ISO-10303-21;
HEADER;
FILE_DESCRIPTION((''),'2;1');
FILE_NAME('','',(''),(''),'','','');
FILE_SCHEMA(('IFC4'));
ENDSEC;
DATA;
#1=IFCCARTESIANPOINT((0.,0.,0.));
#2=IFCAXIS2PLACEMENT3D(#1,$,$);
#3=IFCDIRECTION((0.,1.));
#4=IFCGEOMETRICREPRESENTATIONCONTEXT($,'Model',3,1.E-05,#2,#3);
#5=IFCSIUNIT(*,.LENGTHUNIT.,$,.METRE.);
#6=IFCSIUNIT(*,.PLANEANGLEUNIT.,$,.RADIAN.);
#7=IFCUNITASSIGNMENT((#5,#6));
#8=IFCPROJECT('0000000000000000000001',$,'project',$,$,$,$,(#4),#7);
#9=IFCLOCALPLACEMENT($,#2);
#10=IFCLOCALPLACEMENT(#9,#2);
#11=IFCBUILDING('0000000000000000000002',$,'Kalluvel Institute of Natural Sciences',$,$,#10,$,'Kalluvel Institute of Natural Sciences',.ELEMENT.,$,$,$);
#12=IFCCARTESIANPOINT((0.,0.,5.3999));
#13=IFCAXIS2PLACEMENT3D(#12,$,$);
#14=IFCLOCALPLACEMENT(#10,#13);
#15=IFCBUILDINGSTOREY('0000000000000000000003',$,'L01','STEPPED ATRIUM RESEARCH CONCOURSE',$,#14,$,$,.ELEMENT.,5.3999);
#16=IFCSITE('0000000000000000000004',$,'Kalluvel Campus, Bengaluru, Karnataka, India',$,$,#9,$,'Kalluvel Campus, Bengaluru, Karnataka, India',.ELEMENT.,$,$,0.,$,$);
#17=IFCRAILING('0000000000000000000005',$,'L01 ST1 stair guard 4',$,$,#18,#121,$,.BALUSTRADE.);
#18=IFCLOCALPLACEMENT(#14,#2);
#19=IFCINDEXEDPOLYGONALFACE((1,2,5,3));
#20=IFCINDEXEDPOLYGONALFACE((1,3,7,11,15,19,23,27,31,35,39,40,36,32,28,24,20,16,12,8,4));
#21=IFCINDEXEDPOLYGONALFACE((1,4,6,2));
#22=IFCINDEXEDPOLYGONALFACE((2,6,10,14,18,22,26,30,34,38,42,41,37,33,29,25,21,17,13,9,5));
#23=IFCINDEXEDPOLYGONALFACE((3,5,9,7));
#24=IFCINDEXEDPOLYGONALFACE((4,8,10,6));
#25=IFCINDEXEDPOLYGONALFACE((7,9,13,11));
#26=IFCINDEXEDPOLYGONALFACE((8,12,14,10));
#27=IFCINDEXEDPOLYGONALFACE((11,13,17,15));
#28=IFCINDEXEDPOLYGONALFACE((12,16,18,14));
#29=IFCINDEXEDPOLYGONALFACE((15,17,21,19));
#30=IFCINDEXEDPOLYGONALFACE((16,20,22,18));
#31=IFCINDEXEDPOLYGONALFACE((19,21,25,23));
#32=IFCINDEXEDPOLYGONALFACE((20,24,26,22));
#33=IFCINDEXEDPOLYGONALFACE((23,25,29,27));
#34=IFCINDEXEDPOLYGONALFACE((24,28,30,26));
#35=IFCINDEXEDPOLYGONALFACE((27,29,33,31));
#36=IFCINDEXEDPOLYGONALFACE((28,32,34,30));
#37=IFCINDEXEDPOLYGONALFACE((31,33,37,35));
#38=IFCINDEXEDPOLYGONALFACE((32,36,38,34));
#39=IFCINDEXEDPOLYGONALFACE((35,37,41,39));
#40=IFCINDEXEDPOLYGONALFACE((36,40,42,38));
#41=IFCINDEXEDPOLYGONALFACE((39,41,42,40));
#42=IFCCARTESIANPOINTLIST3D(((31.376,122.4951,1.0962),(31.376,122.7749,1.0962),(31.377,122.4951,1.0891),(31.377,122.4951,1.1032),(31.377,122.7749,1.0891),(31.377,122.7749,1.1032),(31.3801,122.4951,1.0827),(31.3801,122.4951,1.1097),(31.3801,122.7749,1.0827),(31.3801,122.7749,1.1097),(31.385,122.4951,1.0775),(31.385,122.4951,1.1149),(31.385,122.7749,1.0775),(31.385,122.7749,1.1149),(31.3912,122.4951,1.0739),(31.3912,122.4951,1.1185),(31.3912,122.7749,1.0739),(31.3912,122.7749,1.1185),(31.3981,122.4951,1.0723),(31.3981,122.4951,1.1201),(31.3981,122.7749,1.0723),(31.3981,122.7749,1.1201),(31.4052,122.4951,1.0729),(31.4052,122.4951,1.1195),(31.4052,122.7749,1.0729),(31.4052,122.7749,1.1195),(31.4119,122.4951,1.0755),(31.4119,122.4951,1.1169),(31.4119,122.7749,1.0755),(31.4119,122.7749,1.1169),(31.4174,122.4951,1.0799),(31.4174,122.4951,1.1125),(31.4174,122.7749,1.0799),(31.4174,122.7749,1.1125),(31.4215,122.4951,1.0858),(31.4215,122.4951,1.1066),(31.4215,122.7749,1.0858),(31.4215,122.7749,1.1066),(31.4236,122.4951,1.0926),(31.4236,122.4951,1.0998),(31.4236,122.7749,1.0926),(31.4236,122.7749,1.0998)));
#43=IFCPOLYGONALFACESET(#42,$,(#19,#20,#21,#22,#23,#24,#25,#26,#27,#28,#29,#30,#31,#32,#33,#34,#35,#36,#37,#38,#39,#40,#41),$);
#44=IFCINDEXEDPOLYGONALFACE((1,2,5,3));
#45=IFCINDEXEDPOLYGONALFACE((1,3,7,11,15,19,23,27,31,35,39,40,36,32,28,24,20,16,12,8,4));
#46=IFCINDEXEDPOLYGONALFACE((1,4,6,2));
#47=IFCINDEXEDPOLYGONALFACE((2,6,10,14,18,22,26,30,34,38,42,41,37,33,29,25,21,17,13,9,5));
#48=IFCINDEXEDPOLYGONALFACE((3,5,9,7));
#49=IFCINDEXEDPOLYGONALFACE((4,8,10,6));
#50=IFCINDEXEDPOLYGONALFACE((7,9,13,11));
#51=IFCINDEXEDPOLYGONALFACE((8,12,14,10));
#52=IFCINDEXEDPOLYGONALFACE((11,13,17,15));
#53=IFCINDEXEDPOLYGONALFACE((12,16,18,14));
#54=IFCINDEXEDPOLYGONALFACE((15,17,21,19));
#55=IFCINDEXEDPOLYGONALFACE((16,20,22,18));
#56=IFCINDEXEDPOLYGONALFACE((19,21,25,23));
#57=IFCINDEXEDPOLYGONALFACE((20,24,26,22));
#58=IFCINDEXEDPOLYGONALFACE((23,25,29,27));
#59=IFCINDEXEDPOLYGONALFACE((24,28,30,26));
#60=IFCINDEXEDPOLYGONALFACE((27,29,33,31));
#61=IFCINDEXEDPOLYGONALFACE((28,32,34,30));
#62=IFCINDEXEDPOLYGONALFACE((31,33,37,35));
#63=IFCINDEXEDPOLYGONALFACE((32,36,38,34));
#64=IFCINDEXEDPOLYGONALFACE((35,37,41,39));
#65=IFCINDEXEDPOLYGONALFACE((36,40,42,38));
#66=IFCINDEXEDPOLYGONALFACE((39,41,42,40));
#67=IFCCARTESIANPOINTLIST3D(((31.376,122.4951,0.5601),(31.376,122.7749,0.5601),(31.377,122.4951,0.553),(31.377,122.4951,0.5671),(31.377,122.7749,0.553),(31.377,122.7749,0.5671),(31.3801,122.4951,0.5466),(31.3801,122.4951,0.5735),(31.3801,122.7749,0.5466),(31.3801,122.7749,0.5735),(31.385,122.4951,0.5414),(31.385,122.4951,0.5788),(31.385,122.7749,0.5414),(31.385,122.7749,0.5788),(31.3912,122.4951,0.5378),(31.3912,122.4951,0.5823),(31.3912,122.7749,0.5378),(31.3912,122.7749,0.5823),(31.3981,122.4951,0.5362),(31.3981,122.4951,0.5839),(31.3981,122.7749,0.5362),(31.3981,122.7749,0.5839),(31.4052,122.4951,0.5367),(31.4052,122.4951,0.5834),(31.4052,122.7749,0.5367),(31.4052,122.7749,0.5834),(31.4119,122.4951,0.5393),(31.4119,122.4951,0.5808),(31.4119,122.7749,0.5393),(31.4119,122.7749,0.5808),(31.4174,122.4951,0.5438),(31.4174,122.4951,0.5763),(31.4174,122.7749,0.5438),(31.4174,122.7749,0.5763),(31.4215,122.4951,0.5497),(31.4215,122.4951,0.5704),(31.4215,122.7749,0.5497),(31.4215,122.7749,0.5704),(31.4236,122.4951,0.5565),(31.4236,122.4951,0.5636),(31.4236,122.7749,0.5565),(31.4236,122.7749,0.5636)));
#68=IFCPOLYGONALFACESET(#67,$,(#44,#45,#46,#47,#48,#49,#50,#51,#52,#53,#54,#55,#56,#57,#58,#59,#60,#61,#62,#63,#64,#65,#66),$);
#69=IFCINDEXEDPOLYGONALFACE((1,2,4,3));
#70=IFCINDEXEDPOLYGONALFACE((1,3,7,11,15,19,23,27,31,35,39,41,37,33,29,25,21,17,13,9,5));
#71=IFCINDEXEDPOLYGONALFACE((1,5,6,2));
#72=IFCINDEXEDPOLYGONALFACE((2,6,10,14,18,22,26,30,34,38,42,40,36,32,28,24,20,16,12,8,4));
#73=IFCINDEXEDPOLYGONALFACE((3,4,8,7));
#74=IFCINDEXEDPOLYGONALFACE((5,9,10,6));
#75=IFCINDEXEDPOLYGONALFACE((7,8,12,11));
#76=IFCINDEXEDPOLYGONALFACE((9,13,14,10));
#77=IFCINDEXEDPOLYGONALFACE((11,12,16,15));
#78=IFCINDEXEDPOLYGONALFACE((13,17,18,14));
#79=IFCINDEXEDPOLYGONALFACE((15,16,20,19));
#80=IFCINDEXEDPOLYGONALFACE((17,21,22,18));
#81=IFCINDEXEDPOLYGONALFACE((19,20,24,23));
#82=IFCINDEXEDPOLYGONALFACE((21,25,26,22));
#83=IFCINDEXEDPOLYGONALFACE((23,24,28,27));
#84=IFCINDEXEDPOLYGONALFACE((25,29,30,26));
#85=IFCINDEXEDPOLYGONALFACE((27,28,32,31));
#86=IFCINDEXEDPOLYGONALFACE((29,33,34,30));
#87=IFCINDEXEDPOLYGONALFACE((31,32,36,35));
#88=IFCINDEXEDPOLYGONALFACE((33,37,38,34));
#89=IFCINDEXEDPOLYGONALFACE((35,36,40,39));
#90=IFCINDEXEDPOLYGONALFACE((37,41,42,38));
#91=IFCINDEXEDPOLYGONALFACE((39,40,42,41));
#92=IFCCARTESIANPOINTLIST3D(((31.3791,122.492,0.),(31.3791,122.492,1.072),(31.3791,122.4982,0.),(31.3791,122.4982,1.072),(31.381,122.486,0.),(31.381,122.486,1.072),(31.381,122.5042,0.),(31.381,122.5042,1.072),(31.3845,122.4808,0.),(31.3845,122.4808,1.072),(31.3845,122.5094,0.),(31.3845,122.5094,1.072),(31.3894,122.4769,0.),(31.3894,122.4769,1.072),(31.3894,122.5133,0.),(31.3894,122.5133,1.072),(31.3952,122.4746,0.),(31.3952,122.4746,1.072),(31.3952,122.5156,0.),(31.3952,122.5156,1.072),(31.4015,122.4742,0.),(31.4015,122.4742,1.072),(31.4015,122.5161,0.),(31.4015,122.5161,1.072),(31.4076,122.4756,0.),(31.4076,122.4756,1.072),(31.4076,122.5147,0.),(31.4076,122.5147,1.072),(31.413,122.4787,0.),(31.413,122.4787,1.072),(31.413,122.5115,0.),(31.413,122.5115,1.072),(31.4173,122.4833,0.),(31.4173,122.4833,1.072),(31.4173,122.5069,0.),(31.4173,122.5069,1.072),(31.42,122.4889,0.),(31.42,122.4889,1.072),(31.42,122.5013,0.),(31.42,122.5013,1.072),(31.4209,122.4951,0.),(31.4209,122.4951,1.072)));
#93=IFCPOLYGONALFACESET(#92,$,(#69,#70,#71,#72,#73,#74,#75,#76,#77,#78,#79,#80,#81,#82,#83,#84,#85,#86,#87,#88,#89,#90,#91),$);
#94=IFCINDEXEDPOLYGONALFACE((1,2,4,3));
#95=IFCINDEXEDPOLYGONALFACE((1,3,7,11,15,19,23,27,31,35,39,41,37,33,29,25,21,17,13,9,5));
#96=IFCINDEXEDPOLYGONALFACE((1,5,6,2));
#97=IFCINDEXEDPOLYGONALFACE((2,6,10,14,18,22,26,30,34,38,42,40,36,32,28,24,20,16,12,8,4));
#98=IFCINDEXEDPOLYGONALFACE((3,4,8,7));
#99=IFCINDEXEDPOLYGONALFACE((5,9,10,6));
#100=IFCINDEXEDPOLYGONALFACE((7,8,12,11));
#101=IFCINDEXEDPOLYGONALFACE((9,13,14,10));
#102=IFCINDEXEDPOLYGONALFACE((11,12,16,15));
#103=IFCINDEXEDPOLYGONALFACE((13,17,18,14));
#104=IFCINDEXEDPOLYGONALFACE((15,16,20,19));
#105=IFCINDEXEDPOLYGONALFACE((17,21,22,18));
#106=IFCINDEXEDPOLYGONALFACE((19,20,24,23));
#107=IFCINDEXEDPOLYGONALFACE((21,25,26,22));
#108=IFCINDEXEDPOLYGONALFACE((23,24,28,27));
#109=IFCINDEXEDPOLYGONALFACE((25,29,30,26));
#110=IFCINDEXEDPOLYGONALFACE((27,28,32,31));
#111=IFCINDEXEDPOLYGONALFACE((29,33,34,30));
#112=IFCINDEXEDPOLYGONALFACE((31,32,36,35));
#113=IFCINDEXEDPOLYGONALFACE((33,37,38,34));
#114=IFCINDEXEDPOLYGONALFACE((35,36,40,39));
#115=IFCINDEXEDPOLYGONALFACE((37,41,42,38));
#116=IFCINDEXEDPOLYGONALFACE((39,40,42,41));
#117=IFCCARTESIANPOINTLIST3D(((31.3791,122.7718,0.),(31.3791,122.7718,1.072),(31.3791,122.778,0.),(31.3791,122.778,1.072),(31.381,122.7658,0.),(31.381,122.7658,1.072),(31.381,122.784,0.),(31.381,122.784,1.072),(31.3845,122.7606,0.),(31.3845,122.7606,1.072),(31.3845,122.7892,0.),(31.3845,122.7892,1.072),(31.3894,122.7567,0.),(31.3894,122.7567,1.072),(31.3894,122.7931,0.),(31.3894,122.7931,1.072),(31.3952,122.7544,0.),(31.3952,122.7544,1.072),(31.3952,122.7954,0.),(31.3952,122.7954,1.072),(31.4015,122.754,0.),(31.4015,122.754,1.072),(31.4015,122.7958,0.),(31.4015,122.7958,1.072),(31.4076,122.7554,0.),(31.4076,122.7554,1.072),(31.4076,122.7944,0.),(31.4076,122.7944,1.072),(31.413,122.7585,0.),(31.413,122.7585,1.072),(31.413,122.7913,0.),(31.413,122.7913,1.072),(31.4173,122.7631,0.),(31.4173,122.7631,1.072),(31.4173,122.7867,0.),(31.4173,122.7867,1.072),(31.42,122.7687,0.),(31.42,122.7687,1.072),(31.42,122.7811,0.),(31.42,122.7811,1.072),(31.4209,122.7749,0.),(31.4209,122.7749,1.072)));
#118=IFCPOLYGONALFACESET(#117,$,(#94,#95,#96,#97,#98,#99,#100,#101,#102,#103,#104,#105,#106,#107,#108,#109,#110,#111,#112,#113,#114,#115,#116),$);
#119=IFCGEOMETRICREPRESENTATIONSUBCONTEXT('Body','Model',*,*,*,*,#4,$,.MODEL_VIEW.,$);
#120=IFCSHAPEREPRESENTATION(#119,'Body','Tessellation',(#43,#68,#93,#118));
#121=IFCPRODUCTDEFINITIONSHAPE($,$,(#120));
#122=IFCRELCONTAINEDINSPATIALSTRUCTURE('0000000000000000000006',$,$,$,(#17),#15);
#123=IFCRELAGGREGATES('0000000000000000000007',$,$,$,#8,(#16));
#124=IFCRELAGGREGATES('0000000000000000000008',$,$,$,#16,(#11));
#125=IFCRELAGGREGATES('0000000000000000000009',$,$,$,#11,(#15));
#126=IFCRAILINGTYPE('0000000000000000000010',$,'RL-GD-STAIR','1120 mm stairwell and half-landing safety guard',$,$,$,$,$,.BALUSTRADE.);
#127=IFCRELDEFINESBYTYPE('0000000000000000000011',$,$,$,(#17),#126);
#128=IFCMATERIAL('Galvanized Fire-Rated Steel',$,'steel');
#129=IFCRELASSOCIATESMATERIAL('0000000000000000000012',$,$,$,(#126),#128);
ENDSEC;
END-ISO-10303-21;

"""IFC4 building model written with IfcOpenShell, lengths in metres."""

from ifc_helpers import new_model, si_unit, direction, frame, origin, origin_2d, place, context, subcontext, project, spatial, circle, extrude, material, type_object, element, save


model = new_model("IFC4")

# Units and contexts
model_context = context("Model", 3, precision=1e-05, world=origin(), true_north=direction((0.0, 1.0)))
body_context = subcontext(model_context, "Body", "Model", "MODEL_VIEW")
ifc_project = project(units=[si_unit("LENGTHUNIT", "METRE"), si_unit("PLANEANGLEUNIT", "RADIAN")], contexts=[model_context])

# Site, building, storey
site_placement = place(None, origin())
site = spatial("IfcSite", under=ifc_project, at=site_placement, Name="Kalluvel Campus, Bengaluru, Karnataka, India", LongName="Kalluvel Campus, Bengaluru, Karnataka, India", CompositionType="ELEMENT", RefElevation=0.0)
building_placement = place(site_placement, origin())
building = spatial("IfcBuilding", under=site, at=building_placement, Name="Kalluvel Institute of Natural Sciences", LongName="Kalluvel Institute of Natural Sciences", CompositionType="ELEMENT")
storey_placement = place(building_placement, frame((0.0, 0.0, 5.3999)))
storey = spatial("IfcBuildingStorey", under=building, at=storey_placement, Name="L01", Description="STEPPED ATRIUM RESEARCH CONCOURSE", CompositionType="ELEMENT", Elevation=5.3999)

# Shared definitions
ifc_material_1 = material(Name="Galvanized Fire-Rated Steel", Category="steel")

# Railing
railing_type_1 = type_object("IfcRailingType", Name="RL-GD-STAIR", Description="1120 mm stairwell and half-landing safety guard", PredefinedType="BALUSTRADE", material=ifc_material_1)
railing_1_placement = place(storey_placement, frame((31.3999, 122.4951, 0.0)))
element("IfcRailing", 1, at=railing_1_placement, inside=storey, type_object=railing_type_1, Name="L01 ST1 stair guard 4", PredefinedType="BALUSTRADE", context=body_context, shape_type="SweptSolid", body=[
    extrude(circle(Radius=0.0239, at=origin_2d()), frame((0.0, 0.0, 1.0962), z_axis=(0.0, 1.0, 0.0), x_axis=(-1.0, 0.0, 0.0)), (0.0, 0.0, 1.0), 0.2798),
    extrude(circle(Radius=0.0239, at=origin_2d()), frame((0.0, 0.0, 0.5601), z_axis=(0.0, 1.0, 0.0), x_axis=(-1.0, 0.0, 0.0)), (0.0, 0.0, 1.0), 0.2798),
    extrude(circle(Radius=0.021, at=origin_2d()), origin(), (0.0, 0.0, 1.0), 1.072),
    extrude(circle(Radius=0.021, at=origin_2d()), frame((0.0, 0.2798, 0.0)), (0.0, 0.0, 1.0), 1.072),
])

save(model, "model.ifc")
